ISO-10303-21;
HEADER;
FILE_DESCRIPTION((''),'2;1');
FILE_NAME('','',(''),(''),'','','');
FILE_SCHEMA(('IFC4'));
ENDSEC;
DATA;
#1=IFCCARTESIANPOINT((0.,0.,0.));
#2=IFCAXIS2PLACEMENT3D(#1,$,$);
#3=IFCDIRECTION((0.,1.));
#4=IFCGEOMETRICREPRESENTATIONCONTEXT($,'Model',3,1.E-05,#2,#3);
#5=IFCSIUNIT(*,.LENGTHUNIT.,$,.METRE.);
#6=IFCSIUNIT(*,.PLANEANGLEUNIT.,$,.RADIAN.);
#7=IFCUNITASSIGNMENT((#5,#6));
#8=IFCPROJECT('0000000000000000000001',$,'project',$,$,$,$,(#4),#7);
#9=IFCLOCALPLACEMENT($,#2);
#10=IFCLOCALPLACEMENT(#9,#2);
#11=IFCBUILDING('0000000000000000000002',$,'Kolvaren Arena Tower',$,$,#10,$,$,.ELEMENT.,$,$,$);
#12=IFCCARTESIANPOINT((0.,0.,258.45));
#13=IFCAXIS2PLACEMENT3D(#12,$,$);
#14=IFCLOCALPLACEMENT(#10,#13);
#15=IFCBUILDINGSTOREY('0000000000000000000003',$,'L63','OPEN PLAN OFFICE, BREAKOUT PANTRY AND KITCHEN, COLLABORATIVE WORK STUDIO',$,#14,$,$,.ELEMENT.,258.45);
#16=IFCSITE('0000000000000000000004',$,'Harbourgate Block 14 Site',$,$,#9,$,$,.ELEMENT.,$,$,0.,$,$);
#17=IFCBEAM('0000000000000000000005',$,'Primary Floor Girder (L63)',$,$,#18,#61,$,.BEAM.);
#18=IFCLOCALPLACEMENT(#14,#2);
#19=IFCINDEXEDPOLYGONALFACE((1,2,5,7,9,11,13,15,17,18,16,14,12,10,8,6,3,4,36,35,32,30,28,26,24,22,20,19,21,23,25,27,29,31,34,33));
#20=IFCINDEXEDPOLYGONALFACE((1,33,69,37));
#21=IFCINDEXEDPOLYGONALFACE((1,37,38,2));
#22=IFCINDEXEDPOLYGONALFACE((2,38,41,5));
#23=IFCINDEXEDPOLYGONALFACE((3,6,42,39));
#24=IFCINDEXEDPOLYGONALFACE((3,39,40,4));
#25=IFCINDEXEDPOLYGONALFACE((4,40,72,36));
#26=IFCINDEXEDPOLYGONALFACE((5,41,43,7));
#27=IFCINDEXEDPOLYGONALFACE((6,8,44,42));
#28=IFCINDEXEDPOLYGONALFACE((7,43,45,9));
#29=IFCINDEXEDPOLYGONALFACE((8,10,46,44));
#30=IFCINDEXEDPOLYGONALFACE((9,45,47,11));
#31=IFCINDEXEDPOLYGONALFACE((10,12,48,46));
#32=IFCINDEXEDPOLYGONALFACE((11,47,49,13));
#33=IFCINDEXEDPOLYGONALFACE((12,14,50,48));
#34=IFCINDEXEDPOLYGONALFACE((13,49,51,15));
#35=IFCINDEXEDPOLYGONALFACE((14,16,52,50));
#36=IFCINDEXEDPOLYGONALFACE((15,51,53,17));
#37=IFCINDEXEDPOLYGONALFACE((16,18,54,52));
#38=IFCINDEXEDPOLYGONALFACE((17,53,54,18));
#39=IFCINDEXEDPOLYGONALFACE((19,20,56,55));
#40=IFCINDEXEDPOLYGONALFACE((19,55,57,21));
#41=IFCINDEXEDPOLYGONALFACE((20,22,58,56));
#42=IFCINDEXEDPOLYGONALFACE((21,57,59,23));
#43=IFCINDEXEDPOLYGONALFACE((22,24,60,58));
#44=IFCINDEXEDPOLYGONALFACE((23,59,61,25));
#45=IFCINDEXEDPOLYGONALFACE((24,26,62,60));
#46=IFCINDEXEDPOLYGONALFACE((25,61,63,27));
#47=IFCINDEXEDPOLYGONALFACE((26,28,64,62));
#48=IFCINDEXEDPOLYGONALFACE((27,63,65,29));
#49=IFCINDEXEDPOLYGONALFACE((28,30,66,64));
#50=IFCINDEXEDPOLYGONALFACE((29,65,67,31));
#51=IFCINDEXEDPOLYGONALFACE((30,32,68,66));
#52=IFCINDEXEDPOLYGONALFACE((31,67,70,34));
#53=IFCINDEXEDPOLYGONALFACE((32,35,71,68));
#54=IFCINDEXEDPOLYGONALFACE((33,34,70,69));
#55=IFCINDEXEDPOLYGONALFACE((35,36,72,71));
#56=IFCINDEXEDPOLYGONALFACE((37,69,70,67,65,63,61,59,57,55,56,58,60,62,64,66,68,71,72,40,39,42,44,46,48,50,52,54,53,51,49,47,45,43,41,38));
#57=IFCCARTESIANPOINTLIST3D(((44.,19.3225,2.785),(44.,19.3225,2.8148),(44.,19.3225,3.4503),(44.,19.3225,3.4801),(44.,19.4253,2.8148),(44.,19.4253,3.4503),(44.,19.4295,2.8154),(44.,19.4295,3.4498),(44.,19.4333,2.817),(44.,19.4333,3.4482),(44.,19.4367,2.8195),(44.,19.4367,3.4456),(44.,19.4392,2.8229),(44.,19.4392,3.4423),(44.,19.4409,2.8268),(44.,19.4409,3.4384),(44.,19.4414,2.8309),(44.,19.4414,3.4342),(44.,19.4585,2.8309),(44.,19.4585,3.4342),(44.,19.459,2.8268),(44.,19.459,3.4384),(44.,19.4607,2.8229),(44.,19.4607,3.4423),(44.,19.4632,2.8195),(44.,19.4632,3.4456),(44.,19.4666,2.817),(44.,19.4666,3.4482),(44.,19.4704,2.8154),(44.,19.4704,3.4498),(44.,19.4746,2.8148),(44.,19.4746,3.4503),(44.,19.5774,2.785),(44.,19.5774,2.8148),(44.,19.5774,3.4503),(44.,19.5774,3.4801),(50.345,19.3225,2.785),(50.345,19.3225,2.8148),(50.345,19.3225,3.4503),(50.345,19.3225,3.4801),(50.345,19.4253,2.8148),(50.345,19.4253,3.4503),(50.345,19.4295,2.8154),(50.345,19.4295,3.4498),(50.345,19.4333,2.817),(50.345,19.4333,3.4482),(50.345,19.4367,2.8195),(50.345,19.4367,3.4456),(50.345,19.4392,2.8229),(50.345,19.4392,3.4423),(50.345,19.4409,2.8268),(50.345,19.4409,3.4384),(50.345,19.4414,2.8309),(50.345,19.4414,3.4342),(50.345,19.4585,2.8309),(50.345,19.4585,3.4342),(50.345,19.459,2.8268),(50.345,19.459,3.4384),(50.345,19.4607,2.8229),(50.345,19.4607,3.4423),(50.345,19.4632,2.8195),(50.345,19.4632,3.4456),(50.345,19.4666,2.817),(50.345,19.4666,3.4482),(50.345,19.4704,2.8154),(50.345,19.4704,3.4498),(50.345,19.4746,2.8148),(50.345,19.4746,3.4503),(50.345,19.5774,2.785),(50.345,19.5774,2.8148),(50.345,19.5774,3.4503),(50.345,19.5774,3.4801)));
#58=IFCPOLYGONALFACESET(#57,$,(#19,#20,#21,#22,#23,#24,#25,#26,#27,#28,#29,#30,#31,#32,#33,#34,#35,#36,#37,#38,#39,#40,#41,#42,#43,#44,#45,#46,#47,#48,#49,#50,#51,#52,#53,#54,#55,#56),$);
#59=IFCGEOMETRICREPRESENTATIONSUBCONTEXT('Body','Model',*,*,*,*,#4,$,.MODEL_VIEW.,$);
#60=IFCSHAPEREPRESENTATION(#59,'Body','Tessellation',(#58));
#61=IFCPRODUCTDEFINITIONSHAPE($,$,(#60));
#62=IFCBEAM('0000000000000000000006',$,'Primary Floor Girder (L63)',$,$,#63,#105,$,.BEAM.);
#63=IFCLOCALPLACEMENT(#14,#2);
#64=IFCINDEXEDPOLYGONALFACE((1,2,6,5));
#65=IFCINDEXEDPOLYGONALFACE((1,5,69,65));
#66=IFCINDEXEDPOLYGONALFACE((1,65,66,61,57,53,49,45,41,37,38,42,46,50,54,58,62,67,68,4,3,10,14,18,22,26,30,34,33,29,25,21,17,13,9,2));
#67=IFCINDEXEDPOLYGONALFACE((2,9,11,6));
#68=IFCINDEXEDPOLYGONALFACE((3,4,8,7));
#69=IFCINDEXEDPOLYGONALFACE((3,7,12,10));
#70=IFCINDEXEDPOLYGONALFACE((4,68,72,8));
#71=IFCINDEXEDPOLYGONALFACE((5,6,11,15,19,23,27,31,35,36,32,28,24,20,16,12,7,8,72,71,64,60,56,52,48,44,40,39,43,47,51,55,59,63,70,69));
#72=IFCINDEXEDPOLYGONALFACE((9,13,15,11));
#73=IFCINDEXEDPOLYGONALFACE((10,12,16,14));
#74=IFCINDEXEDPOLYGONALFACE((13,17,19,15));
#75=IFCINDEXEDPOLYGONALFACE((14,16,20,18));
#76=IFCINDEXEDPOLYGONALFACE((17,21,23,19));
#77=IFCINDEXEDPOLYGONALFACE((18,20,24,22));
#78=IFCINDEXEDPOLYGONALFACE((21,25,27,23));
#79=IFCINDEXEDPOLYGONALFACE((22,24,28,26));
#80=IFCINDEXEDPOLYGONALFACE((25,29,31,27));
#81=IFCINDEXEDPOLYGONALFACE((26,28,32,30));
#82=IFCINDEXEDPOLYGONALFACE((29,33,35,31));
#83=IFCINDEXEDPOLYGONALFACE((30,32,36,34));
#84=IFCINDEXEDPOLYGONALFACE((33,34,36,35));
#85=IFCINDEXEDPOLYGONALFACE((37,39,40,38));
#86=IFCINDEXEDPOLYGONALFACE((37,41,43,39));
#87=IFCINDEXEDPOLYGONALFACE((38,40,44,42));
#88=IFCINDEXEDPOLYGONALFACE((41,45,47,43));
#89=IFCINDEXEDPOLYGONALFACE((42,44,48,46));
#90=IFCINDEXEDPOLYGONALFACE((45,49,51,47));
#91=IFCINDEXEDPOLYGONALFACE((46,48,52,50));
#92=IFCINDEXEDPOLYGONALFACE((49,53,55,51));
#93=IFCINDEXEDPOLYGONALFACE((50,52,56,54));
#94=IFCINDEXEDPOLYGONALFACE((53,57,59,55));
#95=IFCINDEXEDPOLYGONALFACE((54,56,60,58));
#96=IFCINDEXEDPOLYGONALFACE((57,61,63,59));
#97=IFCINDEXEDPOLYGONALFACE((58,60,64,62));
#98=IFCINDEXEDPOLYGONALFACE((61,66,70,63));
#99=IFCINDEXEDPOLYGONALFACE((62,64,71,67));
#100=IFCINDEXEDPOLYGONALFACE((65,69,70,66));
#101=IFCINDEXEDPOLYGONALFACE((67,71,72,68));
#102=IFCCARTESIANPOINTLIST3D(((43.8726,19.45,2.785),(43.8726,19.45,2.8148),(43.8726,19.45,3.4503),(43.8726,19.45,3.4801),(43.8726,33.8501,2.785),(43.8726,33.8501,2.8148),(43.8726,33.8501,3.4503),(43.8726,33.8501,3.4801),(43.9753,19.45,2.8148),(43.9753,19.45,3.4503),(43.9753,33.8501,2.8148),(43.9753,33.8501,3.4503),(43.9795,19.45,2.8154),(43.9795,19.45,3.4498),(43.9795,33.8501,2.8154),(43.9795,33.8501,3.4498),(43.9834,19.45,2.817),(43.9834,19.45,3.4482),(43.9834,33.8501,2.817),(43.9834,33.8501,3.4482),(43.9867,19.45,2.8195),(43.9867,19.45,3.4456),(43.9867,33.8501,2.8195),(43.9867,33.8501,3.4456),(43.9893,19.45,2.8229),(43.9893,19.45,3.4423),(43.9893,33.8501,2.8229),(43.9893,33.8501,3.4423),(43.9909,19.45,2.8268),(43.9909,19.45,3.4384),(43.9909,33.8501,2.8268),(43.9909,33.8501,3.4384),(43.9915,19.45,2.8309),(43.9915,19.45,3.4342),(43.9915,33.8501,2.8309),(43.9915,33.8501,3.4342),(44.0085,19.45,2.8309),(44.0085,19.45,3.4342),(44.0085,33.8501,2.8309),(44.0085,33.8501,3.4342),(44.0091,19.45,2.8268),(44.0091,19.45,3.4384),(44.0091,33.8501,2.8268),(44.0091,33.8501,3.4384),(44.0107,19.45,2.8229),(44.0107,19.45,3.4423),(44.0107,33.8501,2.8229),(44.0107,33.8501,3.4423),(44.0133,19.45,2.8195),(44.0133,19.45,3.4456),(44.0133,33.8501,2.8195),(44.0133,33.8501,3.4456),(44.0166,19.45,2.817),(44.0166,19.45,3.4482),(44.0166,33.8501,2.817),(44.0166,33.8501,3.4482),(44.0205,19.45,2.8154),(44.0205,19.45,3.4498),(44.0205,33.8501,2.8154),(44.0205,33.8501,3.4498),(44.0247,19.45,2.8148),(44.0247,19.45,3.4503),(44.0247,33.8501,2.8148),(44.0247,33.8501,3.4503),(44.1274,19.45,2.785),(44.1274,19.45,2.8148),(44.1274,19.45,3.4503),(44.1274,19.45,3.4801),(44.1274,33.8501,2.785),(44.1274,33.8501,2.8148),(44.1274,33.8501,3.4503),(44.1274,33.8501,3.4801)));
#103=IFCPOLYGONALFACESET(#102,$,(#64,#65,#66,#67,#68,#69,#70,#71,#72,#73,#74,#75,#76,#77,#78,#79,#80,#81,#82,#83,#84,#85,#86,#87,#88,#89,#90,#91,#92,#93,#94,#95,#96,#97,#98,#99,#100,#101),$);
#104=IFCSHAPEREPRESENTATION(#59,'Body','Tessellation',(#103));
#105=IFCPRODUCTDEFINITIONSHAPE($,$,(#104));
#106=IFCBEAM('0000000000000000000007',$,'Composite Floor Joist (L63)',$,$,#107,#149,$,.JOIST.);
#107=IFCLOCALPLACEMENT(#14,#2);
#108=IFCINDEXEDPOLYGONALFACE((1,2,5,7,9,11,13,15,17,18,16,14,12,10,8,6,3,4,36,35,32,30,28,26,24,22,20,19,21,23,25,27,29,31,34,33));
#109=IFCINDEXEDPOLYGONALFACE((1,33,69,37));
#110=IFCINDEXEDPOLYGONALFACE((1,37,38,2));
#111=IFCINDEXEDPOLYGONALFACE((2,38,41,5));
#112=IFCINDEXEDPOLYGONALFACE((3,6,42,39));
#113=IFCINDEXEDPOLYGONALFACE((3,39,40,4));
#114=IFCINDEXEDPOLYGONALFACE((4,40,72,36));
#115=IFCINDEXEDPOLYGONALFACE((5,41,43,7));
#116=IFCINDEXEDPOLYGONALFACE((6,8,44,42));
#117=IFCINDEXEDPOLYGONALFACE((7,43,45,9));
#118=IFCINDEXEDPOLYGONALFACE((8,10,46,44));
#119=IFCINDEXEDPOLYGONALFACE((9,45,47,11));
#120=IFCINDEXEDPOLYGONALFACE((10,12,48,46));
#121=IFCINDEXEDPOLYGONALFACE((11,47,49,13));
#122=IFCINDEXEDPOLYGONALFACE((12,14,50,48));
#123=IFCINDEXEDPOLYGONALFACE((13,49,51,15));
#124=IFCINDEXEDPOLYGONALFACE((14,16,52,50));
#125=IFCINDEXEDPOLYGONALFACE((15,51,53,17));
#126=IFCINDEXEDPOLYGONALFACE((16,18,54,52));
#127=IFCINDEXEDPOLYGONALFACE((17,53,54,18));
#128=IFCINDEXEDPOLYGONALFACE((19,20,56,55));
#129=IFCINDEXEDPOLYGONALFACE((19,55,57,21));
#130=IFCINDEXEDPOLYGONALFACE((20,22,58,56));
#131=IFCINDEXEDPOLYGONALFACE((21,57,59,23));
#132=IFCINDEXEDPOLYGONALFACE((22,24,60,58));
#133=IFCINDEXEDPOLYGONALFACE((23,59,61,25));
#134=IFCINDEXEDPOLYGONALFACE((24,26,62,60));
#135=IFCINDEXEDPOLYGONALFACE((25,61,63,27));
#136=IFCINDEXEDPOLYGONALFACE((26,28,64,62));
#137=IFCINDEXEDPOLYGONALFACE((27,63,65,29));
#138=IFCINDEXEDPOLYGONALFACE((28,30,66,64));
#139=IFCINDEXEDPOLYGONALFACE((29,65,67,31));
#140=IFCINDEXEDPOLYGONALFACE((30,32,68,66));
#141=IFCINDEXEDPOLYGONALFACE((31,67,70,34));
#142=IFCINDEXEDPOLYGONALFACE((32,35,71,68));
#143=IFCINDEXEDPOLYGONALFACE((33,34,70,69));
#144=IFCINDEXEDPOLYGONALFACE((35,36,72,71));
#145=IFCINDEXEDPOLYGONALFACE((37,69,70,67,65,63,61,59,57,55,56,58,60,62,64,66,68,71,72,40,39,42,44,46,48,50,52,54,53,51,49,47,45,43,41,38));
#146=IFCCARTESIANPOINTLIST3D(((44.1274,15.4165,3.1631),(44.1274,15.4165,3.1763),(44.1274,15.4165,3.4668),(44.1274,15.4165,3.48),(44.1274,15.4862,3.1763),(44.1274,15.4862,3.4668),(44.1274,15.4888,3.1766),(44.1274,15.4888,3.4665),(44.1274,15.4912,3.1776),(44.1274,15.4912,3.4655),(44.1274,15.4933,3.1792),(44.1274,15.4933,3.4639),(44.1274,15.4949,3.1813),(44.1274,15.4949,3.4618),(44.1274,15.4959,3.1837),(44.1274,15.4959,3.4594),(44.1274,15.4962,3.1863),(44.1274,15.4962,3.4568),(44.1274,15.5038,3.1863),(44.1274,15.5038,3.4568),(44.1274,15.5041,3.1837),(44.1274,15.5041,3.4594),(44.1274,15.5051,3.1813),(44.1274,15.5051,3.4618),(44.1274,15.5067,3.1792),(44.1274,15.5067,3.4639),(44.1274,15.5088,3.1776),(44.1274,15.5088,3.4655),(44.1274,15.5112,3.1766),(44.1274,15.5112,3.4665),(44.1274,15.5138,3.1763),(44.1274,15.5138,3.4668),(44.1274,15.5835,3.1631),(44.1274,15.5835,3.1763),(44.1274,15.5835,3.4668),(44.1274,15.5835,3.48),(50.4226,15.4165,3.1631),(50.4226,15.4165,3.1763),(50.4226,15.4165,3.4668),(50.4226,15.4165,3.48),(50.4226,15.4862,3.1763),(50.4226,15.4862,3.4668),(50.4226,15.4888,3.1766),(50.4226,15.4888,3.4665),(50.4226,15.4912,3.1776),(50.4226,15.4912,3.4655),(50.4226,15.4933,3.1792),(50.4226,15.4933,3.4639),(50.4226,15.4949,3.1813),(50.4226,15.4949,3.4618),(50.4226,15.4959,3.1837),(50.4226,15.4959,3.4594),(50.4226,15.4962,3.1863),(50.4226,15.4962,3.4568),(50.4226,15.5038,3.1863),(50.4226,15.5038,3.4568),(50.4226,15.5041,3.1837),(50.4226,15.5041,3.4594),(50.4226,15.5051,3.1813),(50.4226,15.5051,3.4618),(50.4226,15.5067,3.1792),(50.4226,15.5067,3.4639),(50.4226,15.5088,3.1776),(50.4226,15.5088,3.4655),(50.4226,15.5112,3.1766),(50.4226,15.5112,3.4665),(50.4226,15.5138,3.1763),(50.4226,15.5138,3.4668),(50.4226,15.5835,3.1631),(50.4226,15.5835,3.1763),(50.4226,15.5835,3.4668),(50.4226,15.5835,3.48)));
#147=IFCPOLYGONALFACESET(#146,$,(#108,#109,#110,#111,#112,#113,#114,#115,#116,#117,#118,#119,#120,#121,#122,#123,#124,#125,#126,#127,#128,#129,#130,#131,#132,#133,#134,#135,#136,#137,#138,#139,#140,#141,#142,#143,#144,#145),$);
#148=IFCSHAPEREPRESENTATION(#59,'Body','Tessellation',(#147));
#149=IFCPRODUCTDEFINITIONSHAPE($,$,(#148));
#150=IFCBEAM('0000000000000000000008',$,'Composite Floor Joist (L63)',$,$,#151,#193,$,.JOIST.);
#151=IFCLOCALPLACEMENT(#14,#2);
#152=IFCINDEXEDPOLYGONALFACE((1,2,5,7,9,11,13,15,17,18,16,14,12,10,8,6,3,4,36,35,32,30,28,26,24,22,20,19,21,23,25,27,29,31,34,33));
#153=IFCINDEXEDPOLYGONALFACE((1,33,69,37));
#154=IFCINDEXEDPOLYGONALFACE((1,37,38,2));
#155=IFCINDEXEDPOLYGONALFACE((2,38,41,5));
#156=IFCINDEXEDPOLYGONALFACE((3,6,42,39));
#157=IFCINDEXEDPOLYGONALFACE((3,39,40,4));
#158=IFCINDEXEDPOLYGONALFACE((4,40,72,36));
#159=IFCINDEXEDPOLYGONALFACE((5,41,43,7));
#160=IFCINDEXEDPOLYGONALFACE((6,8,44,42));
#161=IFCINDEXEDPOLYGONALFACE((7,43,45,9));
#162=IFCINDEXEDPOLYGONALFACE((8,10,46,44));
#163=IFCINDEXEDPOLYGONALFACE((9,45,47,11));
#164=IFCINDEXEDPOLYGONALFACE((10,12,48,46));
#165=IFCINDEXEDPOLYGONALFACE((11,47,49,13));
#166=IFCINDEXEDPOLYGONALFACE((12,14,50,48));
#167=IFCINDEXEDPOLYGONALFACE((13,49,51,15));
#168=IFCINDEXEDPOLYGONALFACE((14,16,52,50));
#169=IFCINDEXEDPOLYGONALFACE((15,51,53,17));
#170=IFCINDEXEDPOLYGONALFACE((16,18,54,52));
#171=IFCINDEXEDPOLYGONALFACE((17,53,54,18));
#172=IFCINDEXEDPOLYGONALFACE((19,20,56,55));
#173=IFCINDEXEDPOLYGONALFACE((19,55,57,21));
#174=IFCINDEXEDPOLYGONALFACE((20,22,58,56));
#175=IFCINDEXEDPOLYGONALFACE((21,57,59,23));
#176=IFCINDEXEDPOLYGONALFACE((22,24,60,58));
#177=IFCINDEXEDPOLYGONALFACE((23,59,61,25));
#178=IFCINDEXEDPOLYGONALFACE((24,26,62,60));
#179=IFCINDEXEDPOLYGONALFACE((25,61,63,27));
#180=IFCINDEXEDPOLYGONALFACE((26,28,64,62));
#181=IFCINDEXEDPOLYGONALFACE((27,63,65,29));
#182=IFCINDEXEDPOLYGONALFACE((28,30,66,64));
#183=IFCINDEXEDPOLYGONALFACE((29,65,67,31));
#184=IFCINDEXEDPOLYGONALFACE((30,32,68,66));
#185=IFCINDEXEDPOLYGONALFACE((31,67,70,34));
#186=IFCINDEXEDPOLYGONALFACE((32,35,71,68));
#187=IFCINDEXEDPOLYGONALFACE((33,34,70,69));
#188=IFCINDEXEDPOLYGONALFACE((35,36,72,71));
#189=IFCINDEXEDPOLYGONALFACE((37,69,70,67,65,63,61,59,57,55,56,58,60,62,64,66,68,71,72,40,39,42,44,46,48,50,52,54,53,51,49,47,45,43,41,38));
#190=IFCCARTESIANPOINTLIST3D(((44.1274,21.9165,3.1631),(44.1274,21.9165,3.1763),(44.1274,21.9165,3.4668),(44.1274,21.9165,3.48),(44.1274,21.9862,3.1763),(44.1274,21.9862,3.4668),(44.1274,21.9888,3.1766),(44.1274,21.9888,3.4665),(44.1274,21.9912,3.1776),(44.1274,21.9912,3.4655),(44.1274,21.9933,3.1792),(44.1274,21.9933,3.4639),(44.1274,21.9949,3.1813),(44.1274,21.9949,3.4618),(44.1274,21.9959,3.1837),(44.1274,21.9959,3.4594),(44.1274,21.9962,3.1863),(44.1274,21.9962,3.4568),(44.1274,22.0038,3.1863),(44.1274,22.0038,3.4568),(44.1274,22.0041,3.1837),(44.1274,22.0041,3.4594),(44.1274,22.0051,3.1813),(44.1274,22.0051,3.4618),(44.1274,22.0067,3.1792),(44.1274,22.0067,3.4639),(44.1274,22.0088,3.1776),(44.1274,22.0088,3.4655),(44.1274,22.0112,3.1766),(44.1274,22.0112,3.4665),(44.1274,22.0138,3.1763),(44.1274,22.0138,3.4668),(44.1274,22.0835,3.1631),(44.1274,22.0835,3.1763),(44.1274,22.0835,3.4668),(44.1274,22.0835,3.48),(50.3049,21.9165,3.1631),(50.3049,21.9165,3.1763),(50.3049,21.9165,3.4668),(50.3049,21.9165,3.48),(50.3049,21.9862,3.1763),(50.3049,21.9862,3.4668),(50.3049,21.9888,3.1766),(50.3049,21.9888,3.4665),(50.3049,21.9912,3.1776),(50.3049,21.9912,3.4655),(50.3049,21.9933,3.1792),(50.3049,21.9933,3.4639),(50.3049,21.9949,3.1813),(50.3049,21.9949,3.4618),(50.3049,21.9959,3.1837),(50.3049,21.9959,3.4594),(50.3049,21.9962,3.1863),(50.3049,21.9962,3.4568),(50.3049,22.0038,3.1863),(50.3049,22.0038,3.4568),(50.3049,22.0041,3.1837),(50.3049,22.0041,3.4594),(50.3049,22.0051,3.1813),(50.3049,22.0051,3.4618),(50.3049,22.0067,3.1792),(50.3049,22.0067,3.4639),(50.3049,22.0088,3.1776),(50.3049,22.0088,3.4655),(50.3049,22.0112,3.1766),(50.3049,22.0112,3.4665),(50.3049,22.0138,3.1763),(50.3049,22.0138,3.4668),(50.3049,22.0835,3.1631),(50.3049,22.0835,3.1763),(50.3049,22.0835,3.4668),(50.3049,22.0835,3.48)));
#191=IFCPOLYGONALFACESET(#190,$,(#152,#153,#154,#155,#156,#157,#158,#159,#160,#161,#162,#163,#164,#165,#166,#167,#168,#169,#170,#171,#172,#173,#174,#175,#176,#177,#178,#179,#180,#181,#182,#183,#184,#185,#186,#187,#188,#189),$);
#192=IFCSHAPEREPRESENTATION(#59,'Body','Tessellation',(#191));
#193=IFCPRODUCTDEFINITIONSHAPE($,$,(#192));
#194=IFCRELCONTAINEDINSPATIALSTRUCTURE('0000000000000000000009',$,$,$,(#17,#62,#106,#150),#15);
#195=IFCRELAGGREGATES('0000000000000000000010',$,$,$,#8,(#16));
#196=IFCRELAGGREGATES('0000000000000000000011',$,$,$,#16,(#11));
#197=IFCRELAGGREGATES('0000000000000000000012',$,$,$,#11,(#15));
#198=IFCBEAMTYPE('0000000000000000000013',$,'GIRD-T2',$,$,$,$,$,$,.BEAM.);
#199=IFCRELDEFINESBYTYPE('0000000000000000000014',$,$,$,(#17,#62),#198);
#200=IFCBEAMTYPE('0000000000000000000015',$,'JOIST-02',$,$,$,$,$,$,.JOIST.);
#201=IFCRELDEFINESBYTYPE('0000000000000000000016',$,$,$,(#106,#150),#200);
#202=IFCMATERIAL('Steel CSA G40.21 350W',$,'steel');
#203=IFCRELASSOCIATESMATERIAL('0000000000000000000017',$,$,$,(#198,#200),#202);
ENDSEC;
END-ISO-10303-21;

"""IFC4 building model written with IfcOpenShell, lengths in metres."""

from ifc_helpers import new_model, si_unit, direction, frame, origin, origin_2d, place, context, subcontext, project, spatial, i_section, extrude, material, material_profile, profile_set, type_object, element, save


model = new_model("IFC4")

# Units and contexts
model_context = context("Model", 3, precision=1e-05, world=origin(), true_north=direction((0.0, 1.0)))
body_context = subcontext(model_context, "Body", "Model", "MODEL_VIEW")
ifc_project = project(units=[si_unit("LENGTHUNIT", "METRE"), si_unit("PLANEANGLEUNIT", "RADIAN")], contexts=[model_context])

# Site, building, storey
site_placement = place(None, origin())
site = spatial("IfcSite", under=ifc_project, at=site_placement, Name="Harbourgate Block 14 Site", CompositionType="ELEMENT", RefElevation=0.0)
building_placement = place(site_placement, origin())
building = spatial("IfcBuilding", under=site, at=building_placement, Name="Kolvaren Arena Tower", CompositionType="ELEMENT")
storey_placement = place(building_placement, frame((0.0, 0.0, 258.45)))
storey = spatial("IfcBuildingStorey", under=building, at=storey_placement, Name="L63", Description="OPEN PLAN OFFICE, BREAKOUT PANTRY AND KITCHEN, COLLABORATIVE WORK STUDIO", CompositionType="ELEMENT", Elevation=258.45)

# Beams
ifc_material_1 = material(Name="Steel CSA G40.21 350W", Category="steel")
ifc_material_profile_1 = material_profile(ifc_material_1, i_section(OverallWidth=0.2549, OverallDepth=0.6951, WebThickness=0.0171, FlangeThickness=0.0298, FilletRadius=0.0161, at=origin_2d()), Name="W690x217")
ifc_profile_set_1 = profile_set([ifc_material_profile_1], Name="Steel CSA G40.21 350W")
beam_type_1 = type_object("IfcBeamType", Name="GIRD-T2", PredefinedType="BEAM", material=ifc_profile_set_1)
beam_1_placement = place(storey_placement, frame((44.0, 19.45, 3.1326), z_axis=(1.0, 0.0, 0.0), x_axis=(0.0, 1.0, 0.0)))
element("IfcBeam", 1, at=beam_1_placement, inside=storey, type_object=beam_type_1, Name="Primary Floor Girder (L63)", PredefinedType="BEAM", context=body_context, shape_type="SweptSolid", body=[
    extrude(i_section(OverallWidth=0.2549, OverallDepth=0.6951, WebThickness=0.0171, FlangeThickness=0.0298, FilletRadius=0.0161, at=origin_2d()), origin(), (0.0, 0.0, 1.0), 6.345),
])
beam_2_placement = place(storey_placement, frame((44.0, 19.45, 3.1326), z_axis=(0.0, 1.0, 0.0), x_axis=(-1.0, 0.0, 0.0)))
element("IfcBeam", 2, at=beam_2_placement, inside=storey, type_object=beam_type_1, Name="Primary Floor Girder (L63)", PredefinedType="BEAM", context=body_context, shape_type="SweptSolid", body=[
    extrude(i_section(OverallWidth=0.2549, OverallDepth=0.6951, WebThickness=0.0171, FlangeThickness=0.0298, FilletRadius=0.0161, at=origin_2d()), origin(), (0.0, 0.0, 1.0), 14.4001),
])
ifc_material_profile_2 = material_profile(ifc_material_1, i_section(OverallWidth=0.167, OverallDepth=0.3169, WebThickness=0.0076, FlangeThickness=0.0132, FilletRadius=0.01, at=origin_2d()), Name="W310x52")
ifc_profile_set_2 = profile_set([ifc_material_profile_2], Name="Steel CSA G40.21 350W")
beam_type_2 = type_object("IfcBeamType", Name="JOIST-02", PredefinedType="JOIST", material=ifc_profile_set_2)
beam_3_placement = place(storey_placement, frame((44.1274, 15.5, 3.3215), z_axis=(1.0, 0.0, 0.0), x_axis=(0.0, 1.0, 0.0)))
element("IfcBeam", 3, at=beam_3_placement, inside=storey, type_object=beam_type_2, Name="Composite Floor Joist (L63)", PredefinedType="JOIST", context=body_context, shape_type="SweptSolid", body=[
    extrude(i_section(OverallWidth=0.167, OverallDepth=0.3169, WebThickness=0.0076, FlangeThickness=0.0132, FilletRadius=0.01, at=origin_2d()), origin(), (0.0, 0.0, 1.0), 6.2952),
])
beam_4_placement = place(storey_placement, frame((44.1274, 22.0, 3.3215), z_axis=(1.0, 0.0, 0.0), x_axis=(0.0, 1.0, 0.0)))
element("IfcBeam", 4, at=beam_4_placement, inside=storey, type_object=beam_type_2, Name="Composite Floor Joist (L63)", PredefinedType="JOIST", context=body_context, shape_type="SweptSolid", body=[
    extrude(i_section(OverallWidth=0.167, OverallDepth=0.3169, WebThickness=0.0076, FlangeThickness=0.0132, FilletRadius=0.01, at=origin_2d()), origin(), (0.0, 0.0, 1.0), 6.1775),
])

save(model, "model.ifc")
